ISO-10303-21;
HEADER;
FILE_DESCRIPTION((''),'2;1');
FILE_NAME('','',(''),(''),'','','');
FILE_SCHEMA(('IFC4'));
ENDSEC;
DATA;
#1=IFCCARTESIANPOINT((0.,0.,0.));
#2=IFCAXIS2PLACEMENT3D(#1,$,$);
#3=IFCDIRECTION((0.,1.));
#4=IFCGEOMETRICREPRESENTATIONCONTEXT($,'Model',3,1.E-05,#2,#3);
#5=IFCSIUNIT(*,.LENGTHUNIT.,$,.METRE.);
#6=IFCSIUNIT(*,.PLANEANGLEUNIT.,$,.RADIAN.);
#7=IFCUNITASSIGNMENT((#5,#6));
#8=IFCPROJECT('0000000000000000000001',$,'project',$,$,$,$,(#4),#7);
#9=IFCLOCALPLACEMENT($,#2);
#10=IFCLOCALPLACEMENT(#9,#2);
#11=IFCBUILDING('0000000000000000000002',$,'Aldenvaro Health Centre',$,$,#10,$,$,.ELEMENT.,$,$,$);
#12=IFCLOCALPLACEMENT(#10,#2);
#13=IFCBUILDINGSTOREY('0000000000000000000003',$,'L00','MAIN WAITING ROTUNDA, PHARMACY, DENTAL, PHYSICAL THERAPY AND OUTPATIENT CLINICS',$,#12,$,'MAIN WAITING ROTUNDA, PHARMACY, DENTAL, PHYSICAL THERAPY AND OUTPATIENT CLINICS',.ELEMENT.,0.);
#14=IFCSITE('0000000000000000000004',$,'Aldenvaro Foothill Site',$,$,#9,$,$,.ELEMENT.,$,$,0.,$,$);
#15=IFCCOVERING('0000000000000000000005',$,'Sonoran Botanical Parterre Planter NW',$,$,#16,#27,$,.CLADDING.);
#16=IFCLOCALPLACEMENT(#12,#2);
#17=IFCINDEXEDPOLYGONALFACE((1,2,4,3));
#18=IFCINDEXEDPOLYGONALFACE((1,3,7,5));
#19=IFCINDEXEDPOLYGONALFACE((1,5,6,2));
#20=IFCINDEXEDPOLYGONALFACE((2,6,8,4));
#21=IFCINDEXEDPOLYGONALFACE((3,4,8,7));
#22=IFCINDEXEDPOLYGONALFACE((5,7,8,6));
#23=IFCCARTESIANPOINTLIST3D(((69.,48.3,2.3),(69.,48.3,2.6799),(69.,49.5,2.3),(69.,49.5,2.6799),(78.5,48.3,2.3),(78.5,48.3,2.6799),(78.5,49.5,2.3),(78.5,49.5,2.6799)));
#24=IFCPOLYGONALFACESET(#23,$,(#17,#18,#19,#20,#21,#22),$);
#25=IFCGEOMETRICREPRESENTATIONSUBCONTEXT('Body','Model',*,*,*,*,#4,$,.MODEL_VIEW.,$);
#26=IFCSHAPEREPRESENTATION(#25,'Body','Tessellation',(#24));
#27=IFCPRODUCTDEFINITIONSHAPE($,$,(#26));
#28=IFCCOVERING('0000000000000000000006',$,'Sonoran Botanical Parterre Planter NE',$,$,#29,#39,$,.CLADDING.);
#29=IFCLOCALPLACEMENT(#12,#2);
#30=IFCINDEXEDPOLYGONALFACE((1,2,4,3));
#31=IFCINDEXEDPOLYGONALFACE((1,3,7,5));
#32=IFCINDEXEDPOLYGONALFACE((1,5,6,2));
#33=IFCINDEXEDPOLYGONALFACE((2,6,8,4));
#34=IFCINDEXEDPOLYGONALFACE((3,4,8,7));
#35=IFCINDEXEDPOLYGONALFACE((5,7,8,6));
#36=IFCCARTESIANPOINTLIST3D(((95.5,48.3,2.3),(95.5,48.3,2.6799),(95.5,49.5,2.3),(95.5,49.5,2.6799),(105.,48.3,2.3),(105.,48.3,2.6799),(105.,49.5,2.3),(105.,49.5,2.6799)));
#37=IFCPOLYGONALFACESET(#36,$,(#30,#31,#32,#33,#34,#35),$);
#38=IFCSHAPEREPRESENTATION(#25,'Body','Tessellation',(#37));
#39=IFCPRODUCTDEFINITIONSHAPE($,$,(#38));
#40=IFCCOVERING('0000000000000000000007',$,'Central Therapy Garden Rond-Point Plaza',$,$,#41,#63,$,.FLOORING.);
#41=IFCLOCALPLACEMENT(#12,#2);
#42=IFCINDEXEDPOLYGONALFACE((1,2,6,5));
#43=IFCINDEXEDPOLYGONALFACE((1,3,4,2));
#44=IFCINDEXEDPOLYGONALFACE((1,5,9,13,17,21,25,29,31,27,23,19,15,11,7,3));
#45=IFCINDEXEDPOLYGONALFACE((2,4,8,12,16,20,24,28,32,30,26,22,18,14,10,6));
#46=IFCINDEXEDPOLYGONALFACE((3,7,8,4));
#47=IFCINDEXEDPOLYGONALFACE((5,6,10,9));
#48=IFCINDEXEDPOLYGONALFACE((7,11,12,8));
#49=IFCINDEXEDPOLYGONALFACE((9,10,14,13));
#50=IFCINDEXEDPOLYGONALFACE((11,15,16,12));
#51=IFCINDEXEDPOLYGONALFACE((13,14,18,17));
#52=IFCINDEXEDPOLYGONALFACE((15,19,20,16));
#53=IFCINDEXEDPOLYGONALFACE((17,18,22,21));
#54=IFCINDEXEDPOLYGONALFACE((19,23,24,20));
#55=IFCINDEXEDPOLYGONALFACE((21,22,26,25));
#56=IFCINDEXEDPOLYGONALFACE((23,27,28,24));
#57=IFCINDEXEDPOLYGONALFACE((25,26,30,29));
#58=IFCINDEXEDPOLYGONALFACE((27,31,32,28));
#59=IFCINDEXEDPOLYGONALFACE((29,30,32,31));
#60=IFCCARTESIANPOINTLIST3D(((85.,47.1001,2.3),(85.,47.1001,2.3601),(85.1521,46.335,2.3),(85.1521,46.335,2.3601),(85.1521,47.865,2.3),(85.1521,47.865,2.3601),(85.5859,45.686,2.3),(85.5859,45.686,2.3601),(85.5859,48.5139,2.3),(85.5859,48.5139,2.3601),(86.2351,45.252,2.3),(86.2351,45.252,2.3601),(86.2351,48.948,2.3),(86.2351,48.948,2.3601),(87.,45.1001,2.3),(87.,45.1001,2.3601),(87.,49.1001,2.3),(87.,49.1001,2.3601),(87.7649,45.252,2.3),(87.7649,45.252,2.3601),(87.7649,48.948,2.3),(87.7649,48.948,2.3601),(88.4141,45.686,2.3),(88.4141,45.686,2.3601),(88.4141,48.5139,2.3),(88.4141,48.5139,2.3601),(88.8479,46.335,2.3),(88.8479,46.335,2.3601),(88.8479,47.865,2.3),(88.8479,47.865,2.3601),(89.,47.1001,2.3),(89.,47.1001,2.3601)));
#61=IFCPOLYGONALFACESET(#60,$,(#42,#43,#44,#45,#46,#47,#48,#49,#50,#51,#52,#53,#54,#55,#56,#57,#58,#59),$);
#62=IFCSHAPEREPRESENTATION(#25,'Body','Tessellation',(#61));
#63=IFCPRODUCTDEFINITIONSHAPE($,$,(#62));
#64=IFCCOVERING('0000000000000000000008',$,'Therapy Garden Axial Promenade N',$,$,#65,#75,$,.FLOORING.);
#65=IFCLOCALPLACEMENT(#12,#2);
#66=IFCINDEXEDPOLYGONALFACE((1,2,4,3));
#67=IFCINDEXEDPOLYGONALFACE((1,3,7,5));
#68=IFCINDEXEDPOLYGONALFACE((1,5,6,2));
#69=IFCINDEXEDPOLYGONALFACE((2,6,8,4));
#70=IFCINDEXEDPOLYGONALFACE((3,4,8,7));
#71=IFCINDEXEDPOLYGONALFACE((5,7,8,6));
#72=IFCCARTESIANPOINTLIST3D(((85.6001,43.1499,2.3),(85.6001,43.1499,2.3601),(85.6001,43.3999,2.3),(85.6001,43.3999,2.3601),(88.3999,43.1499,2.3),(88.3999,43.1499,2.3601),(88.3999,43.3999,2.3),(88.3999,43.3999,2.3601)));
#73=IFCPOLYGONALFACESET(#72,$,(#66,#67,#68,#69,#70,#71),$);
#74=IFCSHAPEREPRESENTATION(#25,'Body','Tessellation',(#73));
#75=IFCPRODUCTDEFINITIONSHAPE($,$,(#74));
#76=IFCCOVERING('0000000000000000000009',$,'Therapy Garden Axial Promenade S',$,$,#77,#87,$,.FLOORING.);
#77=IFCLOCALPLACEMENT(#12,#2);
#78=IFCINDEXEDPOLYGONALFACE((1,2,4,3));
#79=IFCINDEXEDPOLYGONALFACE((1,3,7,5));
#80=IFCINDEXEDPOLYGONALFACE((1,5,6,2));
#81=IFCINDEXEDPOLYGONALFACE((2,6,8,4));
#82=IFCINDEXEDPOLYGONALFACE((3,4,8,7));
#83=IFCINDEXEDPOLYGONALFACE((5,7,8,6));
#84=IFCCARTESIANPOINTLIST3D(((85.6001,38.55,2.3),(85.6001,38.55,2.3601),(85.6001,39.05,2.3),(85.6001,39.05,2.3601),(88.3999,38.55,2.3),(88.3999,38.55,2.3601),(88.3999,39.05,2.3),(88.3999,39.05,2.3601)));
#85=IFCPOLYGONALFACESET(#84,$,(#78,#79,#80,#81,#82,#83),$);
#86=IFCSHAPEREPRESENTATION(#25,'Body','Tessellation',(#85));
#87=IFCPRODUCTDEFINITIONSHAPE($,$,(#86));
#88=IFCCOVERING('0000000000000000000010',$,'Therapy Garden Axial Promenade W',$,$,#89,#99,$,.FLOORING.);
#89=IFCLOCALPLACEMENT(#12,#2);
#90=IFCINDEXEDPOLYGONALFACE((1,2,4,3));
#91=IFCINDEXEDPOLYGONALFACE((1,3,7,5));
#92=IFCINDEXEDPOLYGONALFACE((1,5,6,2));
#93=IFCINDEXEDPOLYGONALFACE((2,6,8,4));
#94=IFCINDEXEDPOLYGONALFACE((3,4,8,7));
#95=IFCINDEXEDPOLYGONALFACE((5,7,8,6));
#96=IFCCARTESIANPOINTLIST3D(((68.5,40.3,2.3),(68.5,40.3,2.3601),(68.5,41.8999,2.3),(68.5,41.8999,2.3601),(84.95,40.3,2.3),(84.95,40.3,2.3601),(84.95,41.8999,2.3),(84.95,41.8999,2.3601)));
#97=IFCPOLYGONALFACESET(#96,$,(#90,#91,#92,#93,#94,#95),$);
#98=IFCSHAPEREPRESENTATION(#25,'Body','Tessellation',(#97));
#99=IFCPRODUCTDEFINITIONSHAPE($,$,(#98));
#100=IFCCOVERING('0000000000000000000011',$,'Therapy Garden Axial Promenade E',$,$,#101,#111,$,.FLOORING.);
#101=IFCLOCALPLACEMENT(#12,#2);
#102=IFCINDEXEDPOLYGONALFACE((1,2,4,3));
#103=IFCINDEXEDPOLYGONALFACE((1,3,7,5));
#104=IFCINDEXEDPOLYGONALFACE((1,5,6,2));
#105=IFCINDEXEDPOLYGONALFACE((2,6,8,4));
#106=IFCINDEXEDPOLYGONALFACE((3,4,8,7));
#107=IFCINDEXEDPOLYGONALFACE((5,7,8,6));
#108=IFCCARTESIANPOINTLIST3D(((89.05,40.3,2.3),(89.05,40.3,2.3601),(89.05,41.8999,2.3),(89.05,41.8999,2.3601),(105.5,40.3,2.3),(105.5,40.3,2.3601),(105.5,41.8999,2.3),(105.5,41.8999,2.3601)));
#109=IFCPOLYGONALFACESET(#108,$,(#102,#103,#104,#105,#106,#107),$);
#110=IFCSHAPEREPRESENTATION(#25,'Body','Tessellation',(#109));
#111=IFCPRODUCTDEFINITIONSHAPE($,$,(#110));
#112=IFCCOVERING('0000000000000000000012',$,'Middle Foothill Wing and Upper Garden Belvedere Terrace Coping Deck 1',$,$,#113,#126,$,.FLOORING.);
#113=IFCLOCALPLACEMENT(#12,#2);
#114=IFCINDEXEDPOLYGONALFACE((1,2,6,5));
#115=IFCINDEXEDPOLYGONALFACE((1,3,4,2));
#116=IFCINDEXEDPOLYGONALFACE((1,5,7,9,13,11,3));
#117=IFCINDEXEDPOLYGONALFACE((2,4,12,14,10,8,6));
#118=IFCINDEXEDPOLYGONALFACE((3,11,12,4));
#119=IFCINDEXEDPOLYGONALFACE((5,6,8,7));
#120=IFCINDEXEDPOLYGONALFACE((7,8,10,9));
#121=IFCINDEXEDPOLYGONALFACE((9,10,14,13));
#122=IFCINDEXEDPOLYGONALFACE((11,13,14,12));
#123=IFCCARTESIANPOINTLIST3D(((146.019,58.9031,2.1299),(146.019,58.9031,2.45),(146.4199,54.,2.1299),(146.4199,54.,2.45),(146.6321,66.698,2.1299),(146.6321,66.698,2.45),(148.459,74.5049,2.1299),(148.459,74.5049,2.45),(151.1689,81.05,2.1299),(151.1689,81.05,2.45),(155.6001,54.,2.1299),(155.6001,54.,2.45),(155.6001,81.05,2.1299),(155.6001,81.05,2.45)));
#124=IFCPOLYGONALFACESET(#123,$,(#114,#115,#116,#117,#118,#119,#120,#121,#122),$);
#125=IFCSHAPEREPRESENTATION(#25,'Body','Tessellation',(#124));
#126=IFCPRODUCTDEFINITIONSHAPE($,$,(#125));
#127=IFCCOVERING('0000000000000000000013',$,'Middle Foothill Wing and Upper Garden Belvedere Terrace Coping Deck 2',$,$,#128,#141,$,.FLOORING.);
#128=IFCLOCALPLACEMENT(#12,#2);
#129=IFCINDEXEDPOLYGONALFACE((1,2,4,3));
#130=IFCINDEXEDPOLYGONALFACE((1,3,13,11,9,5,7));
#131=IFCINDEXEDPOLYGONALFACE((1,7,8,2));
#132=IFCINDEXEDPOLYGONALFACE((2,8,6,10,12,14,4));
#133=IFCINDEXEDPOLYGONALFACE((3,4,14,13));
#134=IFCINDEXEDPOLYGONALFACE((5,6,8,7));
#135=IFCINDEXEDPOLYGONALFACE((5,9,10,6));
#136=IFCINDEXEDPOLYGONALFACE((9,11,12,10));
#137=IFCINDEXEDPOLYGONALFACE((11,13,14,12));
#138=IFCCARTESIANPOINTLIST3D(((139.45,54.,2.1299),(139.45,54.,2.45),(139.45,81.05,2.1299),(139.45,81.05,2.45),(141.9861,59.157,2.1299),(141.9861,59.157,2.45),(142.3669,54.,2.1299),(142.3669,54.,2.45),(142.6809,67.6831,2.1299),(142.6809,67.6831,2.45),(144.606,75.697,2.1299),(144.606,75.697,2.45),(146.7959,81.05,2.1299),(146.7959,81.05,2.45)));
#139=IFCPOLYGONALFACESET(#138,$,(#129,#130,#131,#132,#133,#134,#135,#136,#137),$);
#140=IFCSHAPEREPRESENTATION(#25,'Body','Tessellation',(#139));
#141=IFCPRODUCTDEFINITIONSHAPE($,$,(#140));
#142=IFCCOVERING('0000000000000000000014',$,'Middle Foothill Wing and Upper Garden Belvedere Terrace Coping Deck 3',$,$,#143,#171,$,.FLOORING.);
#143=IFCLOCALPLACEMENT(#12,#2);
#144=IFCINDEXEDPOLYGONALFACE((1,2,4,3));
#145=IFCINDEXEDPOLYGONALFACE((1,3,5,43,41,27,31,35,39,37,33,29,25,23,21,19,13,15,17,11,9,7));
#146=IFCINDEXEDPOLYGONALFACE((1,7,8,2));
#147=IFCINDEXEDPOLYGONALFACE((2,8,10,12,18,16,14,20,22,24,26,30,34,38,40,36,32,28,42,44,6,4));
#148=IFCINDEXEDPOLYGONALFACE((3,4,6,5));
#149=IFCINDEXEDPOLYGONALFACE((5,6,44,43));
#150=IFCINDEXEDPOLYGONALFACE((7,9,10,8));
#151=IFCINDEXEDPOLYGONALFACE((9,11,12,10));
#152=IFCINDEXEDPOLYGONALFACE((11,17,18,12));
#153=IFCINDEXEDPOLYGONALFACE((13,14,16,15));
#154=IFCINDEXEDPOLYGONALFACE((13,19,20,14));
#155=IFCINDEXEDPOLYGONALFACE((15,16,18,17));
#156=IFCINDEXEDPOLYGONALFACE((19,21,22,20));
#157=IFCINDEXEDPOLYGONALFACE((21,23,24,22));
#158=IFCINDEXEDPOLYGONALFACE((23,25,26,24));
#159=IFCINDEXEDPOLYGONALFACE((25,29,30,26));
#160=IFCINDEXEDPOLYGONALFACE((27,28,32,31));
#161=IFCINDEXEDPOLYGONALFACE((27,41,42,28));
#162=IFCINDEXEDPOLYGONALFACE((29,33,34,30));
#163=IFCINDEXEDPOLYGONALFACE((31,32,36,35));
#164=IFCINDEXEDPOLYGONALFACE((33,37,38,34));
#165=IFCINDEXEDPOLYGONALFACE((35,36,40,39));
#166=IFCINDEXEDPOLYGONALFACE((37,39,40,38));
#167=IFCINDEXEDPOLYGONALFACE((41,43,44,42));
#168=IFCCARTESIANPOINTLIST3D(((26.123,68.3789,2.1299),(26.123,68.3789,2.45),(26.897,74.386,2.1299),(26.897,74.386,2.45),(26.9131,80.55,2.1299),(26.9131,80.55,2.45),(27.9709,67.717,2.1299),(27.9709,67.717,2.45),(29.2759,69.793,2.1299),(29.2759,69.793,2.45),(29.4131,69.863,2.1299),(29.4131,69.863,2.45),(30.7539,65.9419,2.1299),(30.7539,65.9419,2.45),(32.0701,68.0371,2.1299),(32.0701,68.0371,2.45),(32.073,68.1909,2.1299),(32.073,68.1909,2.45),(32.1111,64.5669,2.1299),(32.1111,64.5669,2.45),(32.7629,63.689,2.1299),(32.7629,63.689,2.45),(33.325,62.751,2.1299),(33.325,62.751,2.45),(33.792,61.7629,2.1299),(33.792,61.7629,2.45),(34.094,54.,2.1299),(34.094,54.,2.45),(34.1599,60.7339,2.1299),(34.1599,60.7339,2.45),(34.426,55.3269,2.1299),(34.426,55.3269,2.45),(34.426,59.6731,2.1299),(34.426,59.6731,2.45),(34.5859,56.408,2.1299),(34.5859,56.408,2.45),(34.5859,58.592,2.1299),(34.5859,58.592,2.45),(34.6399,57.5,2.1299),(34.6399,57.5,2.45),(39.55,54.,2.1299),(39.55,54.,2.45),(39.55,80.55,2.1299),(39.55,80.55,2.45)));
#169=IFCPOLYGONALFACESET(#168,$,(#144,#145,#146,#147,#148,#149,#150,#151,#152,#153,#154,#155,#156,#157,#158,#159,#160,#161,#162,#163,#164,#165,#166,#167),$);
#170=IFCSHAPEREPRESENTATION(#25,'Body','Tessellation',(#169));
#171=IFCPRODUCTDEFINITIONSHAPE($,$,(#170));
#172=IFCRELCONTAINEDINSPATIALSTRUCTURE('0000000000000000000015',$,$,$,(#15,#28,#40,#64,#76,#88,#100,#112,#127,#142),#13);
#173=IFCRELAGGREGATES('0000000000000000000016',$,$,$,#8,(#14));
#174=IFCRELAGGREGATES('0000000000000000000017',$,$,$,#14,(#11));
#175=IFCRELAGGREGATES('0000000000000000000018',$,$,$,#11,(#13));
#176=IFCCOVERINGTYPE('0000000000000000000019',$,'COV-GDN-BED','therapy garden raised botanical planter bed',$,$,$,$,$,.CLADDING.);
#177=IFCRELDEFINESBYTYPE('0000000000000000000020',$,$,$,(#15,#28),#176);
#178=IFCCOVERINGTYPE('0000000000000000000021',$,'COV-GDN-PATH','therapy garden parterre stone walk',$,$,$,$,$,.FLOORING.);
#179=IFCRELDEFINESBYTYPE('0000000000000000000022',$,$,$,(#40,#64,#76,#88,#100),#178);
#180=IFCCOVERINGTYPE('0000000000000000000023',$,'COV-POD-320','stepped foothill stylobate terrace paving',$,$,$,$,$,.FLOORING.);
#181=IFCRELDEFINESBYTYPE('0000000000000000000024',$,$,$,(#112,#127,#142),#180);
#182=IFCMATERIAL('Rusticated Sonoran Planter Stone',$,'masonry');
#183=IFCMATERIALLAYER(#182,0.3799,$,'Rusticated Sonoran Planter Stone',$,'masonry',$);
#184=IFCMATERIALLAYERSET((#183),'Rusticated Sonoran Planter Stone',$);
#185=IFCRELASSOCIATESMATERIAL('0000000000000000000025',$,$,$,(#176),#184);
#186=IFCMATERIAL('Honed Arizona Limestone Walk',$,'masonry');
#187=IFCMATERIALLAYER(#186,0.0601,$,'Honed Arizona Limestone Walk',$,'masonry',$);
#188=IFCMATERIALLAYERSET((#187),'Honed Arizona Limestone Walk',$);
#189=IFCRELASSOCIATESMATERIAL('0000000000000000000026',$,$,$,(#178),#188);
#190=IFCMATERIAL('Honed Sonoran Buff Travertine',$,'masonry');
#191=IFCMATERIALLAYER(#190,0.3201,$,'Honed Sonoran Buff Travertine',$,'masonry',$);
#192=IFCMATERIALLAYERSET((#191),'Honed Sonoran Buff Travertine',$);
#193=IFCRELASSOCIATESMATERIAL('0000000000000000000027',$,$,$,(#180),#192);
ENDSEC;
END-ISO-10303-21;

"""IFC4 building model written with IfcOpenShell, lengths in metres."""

from ifc_helpers import new_model, si_unit, direction, frame, origin, place, context, subcontext, project, spatial, polyline, outline, extrude, material, layer, layer_set, type_object, element, save


model = new_model("IFC4")

# Units and contexts
model_context = context("Model", 3, precision=1e-05, world=origin(), true_north=direction((0.0, 1.0)))
body_context = subcontext(model_context, "Body", "Model", "MODEL_VIEW")
ifc_project = project(units=[si_unit("LENGTHUNIT", "METRE"), si_unit("PLANEANGLEUNIT", "RADIAN")], contexts=[model_context])

# Site, building, storey
site_placement = place(None, origin())
site = spatial("IfcSite", under=ifc_project, at=site_placement, Name="Aldenvaro Foothill Site", CompositionType="ELEMENT", RefElevation=0.0)
building_placement = place(site_placement, origin())
building = spatial("IfcBuilding", under=site, at=building_placement, Name="Aldenvaro Health Centre", CompositionType="ELEMENT")
storey_placement = place(building_placement, origin())
storey = spatial("IfcBuildingStorey", under=building, at=storey_placement, Name="L00", Description="MAIN WAITING ROTUNDA, PHARMACY, DENTAL, PHYSICAL THERAPY AND OUTPATIENT CLINICS", LongName="MAIN WAITING ROTUNDA, PHARMACY, DENTAL, PHYSICAL THERAPY AND OUTPATIENT CLINICS", CompositionType="ELEMENT", Elevation=0.0)

# Coverings
ifc_material_1 = material(Name="Rusticated Sonoran Planter Stone", Category="masonry")
ifc_layer_1 = layer(ifc_material_1, 0.3799, Name="Rusticated Sonoran Planter Stone", Category="masonry")
ifc_layer_set_1 = layer_set([ifc_layer_1], Name="Rusticated Sonoran Planter Stone")
covering_type_1 = type_object("IfcCoveringType", Name="COV-GDN-BED", Description="therapy garden raised botanical planter bed", PredefinedType="CLADDING", material=ifc_layer_set_1)
covering_1_placement = place(storey_placement, frame((0.0, 0.0, 2.3)))
element("IfcCovering", 1, at=covering_1_placement, inside=storey, type_object=covering_type_1, Name="Sonoran Botanical Parterre Planter NW", PredefinedType="CLADDING", context=body_context, shape_type="SweptSolid", body=[
    extrude(outline(polyline([(78.5, 48.3), (78.5, 49.5), (69.0, 49.5), (69.0, 48.3), (78.5, 48.3)])), origin(), (0.0, 0.0, 1.0), 0.3799),
])
covering_2_placement = place(storey_placement, frame((0.0, 0.0, 2.3)))
element("IfcCovering", 2, at=covering_2_placement, inside=storey, type_object=covering_type_1, Name="Sonoran Botanical Parterre Planter NE", PredefinedType="CLADDING", context=body_context, shape_type="SweptSolid", body=[
    extrude(outline(polyline([(105.0, 48.3), (105.0, 49.5), (95.5, 49.5), (95.5, 48.3), (105.0, 48.3)])), origin(), (0.0, 0.0, 1.0), 0.3799),
])
ifc_material_2 = material(Name="Honed Arizona Limestone Walk", Category="masonry")
ifc_layer_2 = layer(ifc_material_2, 0.0601, Name="Honed Arizona Limestone Walk", Category="masonry")
ifc_layer_set_2 = layer_set([ifc_layer_2], Name="Honed Arizona Limestone Walk")
covering_type_2 = type_object("IfcCoveringType", Name="COV-GDN-PATH", Description="therapy garden parterre stone walk", PredefinedType="FLOORING", material=ifc_layer_set_2)
covering_3_placement = place(storey_placement, frame((0.0, 0.0, 2.3)))
element("IfcCovering", 3, at=covering_3_placement, inside=storey, type_object=covering_type_2, Name="Central Therapy Garden Rond-Point Plaza", PredefinedType="FLOORING", context=body_context, shape_type="SweptSolid", body=[
    extrude(outline(polyline([(89.0, 47.1001), (88.8479, 47.865), (88.4141, 48.5139), (87.7649, 48.948), (87.0, 49.1001), (86.2351, 48.948), (85.5859, 48.5139), (85.1521, 47.865), (85.0, 47.1001), (85.1521, 46.335), (85.5859, 45.686), (86.2351, 45.252), (87.0, 45.1001), (87.7649, 45.252), (88.4141, 45.686), (88.8479, 46.335), (89.0, 47.1001)])), origin(), (0.0, 0.0, 1.0), 0.0601),
])
covering_4_placement = place(storey_placement, frame((0.0, 0.0, 2.3)))
element("IfcCovering", 4, at=covering_4_placement, inside=storey, type_object=covering_type_2, Name="Therapy Garden Axial Promenade N", PredefinedType="FLOORING", context=body_context, shape_type="SweptSolid", body=[
    extrude(outline(polyline([(88.3999, 43.1499), (88.3999, 43.3999), (85.6001, 43.3999), (85.6001, 43.1499), (88.3999, 43.1499)])), origin(), (0.0, 0.0, 1.0), 0.0601),
])
covering_5_placement = place(storey_placement, frame((0.0, 0.0, 2.3)))
element("IfcCovering", 5, at=covering_5_placement, inside=storey, type_object=covering_type_2, Name="Therapy Garden Axial Promenade S", PredefinedType="FLOORING", context=body_context, shape_type="SweptSolid", body=[
    extrude(outline(polyline([(88.3999, 38.55), (88.3999, 39.05), (85.6001, 39.05), (85.6001, 38.55), (88.3999, 38.55)])), origin(), (0.0, 0.0, 1.0), 0.0601),
])
covering_6_placement = place(storey_placement, frame((0.0, 0.0, 2.3)))
element("IfcCovering", 6, at=covering_6_placement, inside=storey, type_object=covering_type_2, Name="Therapy Garden Axial Promenade W", PredefinedType="FLOORING", context=body_context, shape_type="SweptSolid", body=[
    extrude(outline(polyline([(84.95, 40.3), (84.95, 41.8999), (68.5, 41.8999), (68.5, 40.3), (84.95, 40.3)])), origin(), (0.0, 0.0, 1.0), 0.0601),
])
covering_7_placement = place(storey_placement, frame((0.0, 0.0, 2.3)))
element("IfcCovering", 7, at=covering_7_placement, inside=storey, type_object=covering_type_2, Name="Therapy Garden Axial Promenade E", PredefinedType="FLOORING", context=body_context, shape_type="SweptSolid", body=[
    extrude(outline(polyline([(105.5, 40.3), (105.5, 41.8999), (89.05, 41.8999), (89.05, 40.3), (105.5, 40.3)])), origin(), (0.0, 0.0, 1.0), 0.0601),
])
ifc_material_3 = material(Name="Honed Sonoran Buff Travertine", Category="masonry")
ifc_layer_3 = layer(ifc_material_3, 0.3201, Name="Honed Sonoran Buff Travertine", Category="masonry")
ifc_layer_set_3 = layer_set([ifc_layer_3], Name="Honed Sonoran Buff Travertine")
covering_type_3 = type_object("IfcCoveringType", Name="COV-POD-320", Description="stepped foothill stylobate terrace paving", PredefinedType="FLOORING", material=ifc_layer_set_3)
covering_8_placement = place(storey_placement, frame((0.0, 0.0, 2.1299)))
element("IfcCovering", 8, at=covering_8_placement, inside=storey, type_object=covering_type_3, Name="Middle Foothill Wing and Upper Garden Belvedere Terrace Coping Deck 1", PredefinedType="FLOORING", context=body_context, shape_type="SweptSolid", body=[
    extrude(outline(polyline([(146.6321, 66.698), (148.459, 74.5049), (151.1689, 81.05), (155.6001, 81.05), (155.6001, 54.0), (146.4199, 54.0), (146.019, 58.9031), (146.6321, 66.698)])), origin(), (0.0, 0.0, 1.0), 0.3201),
])
covering_9_placement = place(storey_placement, frame((0.0, 0.0, 2.1299)))
element("IfcCovering", 9, at=covering_9_placement, inside=storey, type_object=covering_type_3, Name="Middle Foothill Wing and Upper Garden Belvedere Terrace Coping Deck 2", PredefinedType="FLOORING", context=body_context, shape_type="SweptSolid", body=[
    extrude(outline(polyline([(139.45, 81.05), (146.7959, 81.05), (144.606, 75.697), (142.6809, 67.6831), (141.9861, 59.157), (142.3669, 54.0), (139.45, 54.0), (139.45, 81.05)])), origin(), (0.0, 0.0, 1.0), 0.3201),
])
covering_10_placement = place(storey_placement, frame((0.0, 0.0, 2.1299)))
element("IfcCovering", 10, at=covering_10_placement, inside=storey, type_object=covering_type_3, Name="Middle Foothill Wing and Upper Garden Belvedere Terrace Coping Deck 3", PredefinedType="FLOORING", context=body_context, shape_type="SweptSolid", body=[
    extrude(outline(polyline([(26.123, 68.3789), (26.897, 74.386), (26.9131, 80.55), (39.55, 80.55), (39.55, 54.0), (34.094, 54.0), (34.426, 55.3269), (34.5859, 56.408), (34.6399, 57.5), (34.5859, 58.592), (34.426, 59.6731), (34.1599, 60.7339), (33.792, 61.7629), (33.325, 62.751), (32.7629, 63.689), (32.1111, 64.5669), (30.7539, 65.9419), (32.0701, 68.0371), (32.073, 68.1909), (29.4131, 69.863), (29.2759, 69.793), (27.9709, 67.717), (26.123, 68.3789)])), origin(), (0.0, 0.0, 1.0), 0.3201),
])

save(model, "model.ifc")
